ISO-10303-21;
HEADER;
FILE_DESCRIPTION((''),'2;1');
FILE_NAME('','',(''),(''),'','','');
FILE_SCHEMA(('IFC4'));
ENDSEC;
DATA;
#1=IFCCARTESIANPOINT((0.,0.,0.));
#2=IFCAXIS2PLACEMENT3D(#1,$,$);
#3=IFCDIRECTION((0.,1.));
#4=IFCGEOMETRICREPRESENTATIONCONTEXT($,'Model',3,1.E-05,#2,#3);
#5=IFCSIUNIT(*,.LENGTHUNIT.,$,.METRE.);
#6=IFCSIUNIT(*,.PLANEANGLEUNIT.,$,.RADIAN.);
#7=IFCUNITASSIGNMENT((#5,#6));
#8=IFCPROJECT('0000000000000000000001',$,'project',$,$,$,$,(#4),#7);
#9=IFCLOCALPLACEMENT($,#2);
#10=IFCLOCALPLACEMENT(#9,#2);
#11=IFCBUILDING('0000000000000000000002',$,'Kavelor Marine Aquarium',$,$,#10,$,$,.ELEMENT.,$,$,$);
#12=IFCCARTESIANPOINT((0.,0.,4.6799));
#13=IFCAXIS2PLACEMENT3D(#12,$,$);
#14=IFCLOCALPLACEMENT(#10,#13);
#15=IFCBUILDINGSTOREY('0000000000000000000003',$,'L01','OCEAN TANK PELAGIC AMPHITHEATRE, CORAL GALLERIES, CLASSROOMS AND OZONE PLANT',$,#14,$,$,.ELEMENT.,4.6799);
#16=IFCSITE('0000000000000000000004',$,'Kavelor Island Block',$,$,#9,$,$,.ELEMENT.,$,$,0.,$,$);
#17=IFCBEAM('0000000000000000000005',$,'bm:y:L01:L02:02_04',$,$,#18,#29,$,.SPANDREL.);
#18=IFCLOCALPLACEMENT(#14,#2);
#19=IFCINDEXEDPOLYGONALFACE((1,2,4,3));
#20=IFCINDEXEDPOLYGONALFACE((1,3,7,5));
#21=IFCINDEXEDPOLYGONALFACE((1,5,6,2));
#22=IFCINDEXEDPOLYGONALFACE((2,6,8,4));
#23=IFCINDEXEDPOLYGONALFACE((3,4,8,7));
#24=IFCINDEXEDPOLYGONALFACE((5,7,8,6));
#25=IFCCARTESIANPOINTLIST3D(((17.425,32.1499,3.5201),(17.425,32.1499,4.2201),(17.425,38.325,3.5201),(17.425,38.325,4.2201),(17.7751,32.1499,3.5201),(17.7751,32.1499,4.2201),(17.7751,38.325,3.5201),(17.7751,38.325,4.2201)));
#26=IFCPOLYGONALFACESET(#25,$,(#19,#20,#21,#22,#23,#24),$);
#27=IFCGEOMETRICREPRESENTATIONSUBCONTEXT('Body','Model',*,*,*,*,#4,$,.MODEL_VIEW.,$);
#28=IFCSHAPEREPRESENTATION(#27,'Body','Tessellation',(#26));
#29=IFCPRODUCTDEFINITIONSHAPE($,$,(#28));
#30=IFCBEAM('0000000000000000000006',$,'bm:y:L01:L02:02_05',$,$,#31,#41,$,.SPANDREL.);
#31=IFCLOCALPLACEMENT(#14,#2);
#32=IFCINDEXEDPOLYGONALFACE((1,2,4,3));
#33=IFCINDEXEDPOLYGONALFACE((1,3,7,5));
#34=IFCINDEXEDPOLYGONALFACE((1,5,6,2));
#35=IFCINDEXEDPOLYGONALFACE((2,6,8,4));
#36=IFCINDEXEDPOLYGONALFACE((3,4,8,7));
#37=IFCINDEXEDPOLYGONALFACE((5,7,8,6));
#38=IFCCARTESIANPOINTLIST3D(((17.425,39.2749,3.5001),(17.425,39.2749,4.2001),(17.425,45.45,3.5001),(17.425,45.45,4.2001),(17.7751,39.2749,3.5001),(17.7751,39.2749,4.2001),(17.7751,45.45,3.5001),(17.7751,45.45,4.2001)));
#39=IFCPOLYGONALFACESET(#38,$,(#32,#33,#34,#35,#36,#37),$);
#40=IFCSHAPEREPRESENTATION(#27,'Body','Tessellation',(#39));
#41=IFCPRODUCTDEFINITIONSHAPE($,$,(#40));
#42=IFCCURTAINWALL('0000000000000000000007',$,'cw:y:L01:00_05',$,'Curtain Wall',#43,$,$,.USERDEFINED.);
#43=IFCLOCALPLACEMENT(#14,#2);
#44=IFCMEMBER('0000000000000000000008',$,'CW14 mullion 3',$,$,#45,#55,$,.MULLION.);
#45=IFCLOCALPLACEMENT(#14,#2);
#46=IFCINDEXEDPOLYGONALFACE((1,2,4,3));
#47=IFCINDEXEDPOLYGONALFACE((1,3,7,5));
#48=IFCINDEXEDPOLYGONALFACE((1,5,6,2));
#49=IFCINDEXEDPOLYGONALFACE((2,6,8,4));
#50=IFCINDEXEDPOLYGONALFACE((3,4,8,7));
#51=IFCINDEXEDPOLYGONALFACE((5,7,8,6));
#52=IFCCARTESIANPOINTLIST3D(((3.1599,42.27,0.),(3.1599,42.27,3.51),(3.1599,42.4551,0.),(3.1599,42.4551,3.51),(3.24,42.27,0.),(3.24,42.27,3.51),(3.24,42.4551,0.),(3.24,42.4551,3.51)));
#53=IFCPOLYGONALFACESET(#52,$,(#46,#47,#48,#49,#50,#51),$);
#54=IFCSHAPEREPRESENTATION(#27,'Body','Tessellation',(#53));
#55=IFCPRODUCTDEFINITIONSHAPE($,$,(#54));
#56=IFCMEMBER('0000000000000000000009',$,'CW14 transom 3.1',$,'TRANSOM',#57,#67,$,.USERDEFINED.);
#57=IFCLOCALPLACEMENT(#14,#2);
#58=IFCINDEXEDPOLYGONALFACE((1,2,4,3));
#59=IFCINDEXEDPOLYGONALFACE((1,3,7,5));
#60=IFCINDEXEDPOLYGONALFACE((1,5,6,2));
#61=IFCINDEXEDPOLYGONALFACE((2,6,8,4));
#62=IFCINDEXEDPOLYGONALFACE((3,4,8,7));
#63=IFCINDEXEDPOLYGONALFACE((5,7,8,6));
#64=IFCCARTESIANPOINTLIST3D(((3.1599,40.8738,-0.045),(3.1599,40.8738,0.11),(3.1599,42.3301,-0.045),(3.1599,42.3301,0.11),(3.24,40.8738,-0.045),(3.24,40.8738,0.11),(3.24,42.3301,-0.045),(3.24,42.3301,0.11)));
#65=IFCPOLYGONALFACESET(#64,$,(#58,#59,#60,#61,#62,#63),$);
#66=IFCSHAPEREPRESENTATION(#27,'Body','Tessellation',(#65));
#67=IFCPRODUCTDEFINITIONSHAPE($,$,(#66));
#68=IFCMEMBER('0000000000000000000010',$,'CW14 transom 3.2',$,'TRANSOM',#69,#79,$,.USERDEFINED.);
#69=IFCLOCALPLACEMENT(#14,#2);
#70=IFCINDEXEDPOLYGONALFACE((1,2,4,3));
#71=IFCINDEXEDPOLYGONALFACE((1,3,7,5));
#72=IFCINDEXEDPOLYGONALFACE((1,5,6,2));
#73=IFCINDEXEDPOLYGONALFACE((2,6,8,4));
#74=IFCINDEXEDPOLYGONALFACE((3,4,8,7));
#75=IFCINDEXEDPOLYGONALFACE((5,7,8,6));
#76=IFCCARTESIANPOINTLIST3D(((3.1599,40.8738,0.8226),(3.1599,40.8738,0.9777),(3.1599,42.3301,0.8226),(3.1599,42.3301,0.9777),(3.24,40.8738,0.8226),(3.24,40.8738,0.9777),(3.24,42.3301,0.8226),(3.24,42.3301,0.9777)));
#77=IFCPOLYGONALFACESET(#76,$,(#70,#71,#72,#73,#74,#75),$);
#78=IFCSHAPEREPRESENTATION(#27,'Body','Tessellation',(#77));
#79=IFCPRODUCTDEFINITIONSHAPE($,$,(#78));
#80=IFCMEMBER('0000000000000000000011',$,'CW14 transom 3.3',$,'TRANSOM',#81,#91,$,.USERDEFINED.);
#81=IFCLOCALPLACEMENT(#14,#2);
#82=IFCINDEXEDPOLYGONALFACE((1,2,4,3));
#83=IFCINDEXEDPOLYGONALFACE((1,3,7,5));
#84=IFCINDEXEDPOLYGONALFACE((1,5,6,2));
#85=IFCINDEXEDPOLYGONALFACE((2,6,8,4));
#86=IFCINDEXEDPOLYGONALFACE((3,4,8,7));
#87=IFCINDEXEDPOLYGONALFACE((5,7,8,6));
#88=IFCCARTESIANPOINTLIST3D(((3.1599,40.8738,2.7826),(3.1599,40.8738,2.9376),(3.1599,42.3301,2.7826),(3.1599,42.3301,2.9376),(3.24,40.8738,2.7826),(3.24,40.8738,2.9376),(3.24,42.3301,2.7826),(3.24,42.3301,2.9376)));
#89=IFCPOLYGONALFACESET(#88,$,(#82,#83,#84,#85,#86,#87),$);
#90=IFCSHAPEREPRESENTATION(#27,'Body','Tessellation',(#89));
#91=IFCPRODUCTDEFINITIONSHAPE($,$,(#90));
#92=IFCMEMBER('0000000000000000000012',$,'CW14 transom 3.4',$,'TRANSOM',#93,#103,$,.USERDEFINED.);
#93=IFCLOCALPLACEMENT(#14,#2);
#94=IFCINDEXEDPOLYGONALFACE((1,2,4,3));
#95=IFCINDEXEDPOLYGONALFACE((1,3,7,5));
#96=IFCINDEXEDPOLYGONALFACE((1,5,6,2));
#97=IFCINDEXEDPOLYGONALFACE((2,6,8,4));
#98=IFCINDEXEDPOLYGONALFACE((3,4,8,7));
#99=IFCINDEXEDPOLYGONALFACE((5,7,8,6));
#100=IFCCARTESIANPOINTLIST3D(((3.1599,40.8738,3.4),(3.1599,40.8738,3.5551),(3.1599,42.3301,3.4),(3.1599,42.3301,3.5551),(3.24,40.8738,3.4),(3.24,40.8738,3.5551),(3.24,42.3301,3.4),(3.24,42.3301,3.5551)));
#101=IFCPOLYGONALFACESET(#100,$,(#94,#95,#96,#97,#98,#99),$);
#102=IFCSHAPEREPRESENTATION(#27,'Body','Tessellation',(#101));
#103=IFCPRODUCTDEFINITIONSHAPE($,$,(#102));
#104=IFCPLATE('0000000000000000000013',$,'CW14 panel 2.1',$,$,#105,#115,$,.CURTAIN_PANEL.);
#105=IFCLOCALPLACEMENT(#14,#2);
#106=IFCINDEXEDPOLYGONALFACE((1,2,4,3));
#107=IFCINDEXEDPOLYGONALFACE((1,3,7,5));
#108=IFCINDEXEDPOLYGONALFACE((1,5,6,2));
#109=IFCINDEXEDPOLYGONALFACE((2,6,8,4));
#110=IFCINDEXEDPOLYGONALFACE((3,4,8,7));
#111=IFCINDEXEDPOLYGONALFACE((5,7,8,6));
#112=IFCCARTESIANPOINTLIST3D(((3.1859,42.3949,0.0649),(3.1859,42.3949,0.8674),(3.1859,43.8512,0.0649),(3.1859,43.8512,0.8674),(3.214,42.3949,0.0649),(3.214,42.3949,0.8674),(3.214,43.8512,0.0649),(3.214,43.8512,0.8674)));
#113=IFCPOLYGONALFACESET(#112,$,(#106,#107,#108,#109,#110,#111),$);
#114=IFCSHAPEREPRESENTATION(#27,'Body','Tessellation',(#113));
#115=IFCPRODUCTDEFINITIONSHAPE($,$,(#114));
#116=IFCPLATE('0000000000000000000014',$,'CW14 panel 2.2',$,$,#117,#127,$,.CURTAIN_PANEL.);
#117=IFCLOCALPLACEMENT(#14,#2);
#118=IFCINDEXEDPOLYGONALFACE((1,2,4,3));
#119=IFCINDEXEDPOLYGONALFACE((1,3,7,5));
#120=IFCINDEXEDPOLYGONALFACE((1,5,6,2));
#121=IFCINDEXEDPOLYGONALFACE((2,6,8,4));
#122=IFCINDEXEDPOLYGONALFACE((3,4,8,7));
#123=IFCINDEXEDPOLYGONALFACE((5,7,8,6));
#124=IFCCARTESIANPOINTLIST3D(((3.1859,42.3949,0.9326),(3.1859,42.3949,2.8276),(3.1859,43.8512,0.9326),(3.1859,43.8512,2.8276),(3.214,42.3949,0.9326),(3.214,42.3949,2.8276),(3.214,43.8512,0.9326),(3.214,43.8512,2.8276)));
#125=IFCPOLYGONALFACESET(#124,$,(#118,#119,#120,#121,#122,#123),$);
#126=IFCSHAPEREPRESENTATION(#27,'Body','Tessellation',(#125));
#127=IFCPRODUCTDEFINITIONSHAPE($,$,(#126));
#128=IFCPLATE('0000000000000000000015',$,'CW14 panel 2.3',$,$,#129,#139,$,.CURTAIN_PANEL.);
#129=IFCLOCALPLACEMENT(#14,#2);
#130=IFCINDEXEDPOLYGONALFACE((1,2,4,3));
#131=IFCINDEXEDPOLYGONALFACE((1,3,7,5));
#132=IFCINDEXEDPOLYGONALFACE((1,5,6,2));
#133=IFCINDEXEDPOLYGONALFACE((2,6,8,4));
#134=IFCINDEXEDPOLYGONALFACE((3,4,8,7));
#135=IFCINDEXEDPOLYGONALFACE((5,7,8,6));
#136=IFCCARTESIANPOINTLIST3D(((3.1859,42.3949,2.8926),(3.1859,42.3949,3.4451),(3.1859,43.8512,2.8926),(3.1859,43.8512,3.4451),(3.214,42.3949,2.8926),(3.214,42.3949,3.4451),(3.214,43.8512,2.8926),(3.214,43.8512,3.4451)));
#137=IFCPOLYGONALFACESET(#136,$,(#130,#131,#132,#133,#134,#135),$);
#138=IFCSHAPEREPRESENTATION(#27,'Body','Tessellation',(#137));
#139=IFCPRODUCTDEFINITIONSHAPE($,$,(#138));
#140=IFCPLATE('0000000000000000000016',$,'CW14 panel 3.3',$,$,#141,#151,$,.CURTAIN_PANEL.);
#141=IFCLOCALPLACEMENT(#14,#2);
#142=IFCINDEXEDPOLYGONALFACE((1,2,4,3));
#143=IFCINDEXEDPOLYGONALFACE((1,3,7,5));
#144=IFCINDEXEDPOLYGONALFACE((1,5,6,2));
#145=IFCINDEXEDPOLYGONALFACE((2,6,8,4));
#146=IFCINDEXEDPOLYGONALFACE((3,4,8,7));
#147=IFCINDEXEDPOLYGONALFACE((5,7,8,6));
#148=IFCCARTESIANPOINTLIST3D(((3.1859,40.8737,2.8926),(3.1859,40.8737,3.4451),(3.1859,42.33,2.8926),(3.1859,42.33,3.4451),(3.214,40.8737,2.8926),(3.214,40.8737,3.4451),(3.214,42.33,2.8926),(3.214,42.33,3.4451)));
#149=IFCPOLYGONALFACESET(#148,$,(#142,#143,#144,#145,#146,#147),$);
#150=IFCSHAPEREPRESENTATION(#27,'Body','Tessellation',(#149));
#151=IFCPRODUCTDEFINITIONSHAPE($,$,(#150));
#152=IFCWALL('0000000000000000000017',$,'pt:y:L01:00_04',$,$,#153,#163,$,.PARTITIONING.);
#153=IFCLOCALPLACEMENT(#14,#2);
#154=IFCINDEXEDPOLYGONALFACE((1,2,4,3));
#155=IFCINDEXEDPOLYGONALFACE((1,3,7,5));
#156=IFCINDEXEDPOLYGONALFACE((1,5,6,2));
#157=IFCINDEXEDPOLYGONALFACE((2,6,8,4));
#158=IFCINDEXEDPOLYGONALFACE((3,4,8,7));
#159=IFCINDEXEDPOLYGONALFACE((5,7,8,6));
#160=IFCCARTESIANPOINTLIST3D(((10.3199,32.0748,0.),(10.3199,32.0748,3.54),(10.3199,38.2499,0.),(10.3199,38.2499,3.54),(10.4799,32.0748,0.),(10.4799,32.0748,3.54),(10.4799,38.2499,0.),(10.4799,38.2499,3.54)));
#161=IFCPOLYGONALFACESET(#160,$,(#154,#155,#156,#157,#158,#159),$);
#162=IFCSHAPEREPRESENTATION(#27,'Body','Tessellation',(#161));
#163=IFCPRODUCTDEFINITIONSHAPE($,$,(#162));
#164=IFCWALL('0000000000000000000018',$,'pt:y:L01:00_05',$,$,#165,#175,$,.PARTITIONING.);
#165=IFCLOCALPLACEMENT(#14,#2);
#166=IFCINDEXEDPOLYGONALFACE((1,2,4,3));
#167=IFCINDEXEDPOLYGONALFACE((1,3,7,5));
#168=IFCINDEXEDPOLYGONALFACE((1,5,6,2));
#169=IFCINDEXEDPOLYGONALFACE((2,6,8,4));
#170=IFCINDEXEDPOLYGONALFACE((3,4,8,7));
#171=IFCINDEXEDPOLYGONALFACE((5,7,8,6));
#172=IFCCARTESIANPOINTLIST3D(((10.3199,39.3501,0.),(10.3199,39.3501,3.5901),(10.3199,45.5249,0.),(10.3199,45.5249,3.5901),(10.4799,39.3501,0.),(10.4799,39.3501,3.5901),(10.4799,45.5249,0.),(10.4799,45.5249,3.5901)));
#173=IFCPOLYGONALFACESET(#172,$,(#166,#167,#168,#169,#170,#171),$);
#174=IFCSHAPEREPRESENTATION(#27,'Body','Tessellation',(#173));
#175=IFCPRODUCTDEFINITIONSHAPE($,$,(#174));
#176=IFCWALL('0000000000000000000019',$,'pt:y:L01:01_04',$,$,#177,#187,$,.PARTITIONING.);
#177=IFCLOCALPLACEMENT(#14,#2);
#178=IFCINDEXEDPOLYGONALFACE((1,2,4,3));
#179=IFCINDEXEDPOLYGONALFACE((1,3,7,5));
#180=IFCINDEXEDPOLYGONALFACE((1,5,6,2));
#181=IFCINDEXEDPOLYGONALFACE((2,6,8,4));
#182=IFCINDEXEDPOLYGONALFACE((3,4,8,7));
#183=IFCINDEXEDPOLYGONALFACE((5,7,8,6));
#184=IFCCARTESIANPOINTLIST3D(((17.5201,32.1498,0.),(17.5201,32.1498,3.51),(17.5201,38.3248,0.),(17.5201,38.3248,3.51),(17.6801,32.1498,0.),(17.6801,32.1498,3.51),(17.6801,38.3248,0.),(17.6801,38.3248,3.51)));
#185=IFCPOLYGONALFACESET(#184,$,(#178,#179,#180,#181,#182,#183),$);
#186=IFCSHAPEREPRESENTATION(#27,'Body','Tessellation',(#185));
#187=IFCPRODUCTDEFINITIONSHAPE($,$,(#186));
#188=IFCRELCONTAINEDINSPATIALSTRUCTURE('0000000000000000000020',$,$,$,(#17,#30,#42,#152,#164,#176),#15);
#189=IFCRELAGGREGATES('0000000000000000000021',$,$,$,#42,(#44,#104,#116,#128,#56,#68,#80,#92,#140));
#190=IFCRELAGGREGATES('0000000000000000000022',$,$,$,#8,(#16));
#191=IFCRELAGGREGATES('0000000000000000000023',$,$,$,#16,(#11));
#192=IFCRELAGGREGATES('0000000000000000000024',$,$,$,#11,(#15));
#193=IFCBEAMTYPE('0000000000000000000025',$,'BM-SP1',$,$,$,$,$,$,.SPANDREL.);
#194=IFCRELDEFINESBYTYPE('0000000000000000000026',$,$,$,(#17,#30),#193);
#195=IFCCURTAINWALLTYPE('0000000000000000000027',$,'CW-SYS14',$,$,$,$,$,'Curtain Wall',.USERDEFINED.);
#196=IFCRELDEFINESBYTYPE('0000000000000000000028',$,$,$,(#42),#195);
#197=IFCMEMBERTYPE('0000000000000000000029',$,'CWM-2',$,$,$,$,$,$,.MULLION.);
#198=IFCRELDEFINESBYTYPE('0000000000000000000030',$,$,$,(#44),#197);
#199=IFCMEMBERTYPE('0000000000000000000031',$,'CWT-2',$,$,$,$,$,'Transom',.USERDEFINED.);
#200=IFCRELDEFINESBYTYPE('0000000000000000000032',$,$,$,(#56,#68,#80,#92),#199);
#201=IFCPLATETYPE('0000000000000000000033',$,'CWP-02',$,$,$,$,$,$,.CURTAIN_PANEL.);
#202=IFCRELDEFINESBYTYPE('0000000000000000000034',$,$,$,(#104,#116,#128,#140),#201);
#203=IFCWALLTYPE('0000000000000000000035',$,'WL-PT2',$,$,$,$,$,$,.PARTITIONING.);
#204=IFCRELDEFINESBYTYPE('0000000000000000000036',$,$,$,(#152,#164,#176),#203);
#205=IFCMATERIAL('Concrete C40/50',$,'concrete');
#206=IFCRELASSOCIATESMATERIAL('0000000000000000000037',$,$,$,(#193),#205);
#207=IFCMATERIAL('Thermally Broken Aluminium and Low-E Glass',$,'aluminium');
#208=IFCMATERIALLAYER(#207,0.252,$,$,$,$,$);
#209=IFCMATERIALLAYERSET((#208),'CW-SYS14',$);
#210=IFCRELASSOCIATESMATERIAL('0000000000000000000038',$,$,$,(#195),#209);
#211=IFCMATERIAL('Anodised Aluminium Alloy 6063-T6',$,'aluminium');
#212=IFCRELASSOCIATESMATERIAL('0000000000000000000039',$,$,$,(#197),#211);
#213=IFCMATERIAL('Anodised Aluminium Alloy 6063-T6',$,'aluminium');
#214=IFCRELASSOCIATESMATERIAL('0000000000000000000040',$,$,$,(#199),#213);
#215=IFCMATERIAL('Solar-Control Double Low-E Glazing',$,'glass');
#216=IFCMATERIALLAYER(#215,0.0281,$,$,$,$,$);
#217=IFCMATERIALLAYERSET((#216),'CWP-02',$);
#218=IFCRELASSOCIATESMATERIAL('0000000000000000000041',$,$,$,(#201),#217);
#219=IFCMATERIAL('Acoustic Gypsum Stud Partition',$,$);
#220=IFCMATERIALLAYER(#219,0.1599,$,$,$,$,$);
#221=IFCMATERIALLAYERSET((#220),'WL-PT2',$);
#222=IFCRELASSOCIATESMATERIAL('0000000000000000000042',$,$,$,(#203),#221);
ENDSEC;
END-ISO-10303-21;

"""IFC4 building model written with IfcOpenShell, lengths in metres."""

from ifc_helpers import new_model, si_unit, direction, frame, frame_2d, origin, origin_2d, place, context, subcontext, project, spatial, rectangle, extrude, material, layer, layer_set, material_profile, profile_set, type_object, element, aggregate, save


model = new_model("IFC4")

# Units and contexts
model_context = context("Model", 3, precision=1e-05, world=origin(), true_north=direction((0.0, 1.0)))
body_context = subcontext(model_context, "Body", "Model", "MODEL_VIEW")
ifc_project = project(units=[si_unit("LENGTHUNIT", "METRE"), si_unit("PLANEANGLEUNIT", "RADIAN")], contexts=[model_context])

# Site, building, storey
site_placement = place(None, origin())
site = spatial("IfcSite", under=ifc_project, at=site_placement, Name="Kavelor Island Block", CompositionType="ELEMENT", RefElevation=0.0)
building_placement = place(site_placement, origin())
building = spatial("IfcBuilding", under=site, at=building_placement, Name="Kavelor Marine Aquarium", CompositionType="ELEMENT")
storey_placement = place(building_placement, frame((0.0, 0.0, 4.6799)))
storey = spatial("IfcBuildingStorey", under=building, at=storey_placement, Name="L01", Description="OCEAN TANK PELAGIC AMPHITHEATRE, CORAL GALLERIES, CLASSROOMS AND OZONE PLANT", CompositionType="ELEMENT", Elevation=4.6799)

# Beams
ifc_material_1 = material(Name="Concrete C40/50", Category="concrete")
ifc_material_profile_1 = material_profile(ifc_material_1, rectangle(XDim=0.3501, YDim=0.7, at=origin_2d()), Name="RC-SP 350x700")
ifc_profile_set_1 = profile_set([ifc_material_profile_1], Name="Concrete C40/50")
beam_type_1 = type_object("IfcBeamType", Name="BM-SP1", PredefinedType="SPANDREL", material=ifc_profile_set_1)
for number, where, z_axis, x_axis, name in (
    (1, (17.6001, 32.1499, 3.8701), (0.0, 1.0, 0.0), (-1.0, 0.0, 0.0), "bm:y:L01:L02:02_04"),
    (2, (17.6001, 39.2749, 3.8501), (0.0, 1.0, 0.0), (-1.0, 0.0, 0.0), "bm:y:L01:L02:02_05"),
):
    element("IfcBeam", number, at=place(storey_placement, frame(where, z_axis=z_axis, x_axis=x_axis)), inside=storey, type_object=beam_type_1, Name=name, PredefinedType="SPANDREL", context=body_context, shape_type="SweptSolid", body=[
        extrude(rectangle(XDim=0.3501, YDim=0.7, at=origin_2d()), origin(), (0.0, 0.0, 1.0), 6.175),
    ])

# Curtain wall, members, plates
ifc_material_2 = material(Name="Thermally Broken Aluminium and Low-E Glass", Category="aluminium")
ifc_layer_1 = layer(ifc_material_2, 0.252)
ifc_layer_set_1 = layer_set([ifc_layer_1], Name="CW-SYS14")
curtain_wall_type = type_object("IfcCurtainWallType", Name="CW-SYS14", ElementType="Curtain Wall", PredefinedType="USERDEFINED", material=ifc_layer_set_1)
curtain_wall_placement = place(storey_placement, origin())
curtain_wall = element("IfcCurtainWall", 3, at=curtain_wall_placement, inside=storey, type_object=curtain_wall_type, Name="cw:y:L01:00_05", ObjectType="Curtain Wall", PredefinedType="USERDEFINED")
ifc_material_3 = material(Name="Anodised Aluminium Alloy 6063-T6", Category="aluminium")
ifc_material_profile_2 = material_profile(ifc_material_3, rectangle(XDim=0.0801, YDim=0.1851, at=origin_2d()), Name="CW-MUL 80x185")
ifc_profile_set_2 = profile_set([ifc_material_profile_2], Name="Anodised Aluminium Alloy 6063-T6")
member_type_1 = type_object("IfcMemberType", Name="CWM-2", PredefinedType="MULLION", material=ifc_profile_set_2)
member_1_placement = place(storey_placement, frame((3.2, 42.3625, 0.0), z_axis=(0.0, 0.0, 1.0), x_axis=(1.0, 0.0, 0.0)))
member_1 = element("IfcMember", 4, at=member_1_placement, type_object=member_type_1, Name="CW14 mullion 3", PredefinedType="MULLION", context=body_context, shape_type="SweptSolid", body=[
    extrude(rectangle(XDim=0.0801, YDim=0.1851, at=origin_2d()), origin(), (0.0, 0.0, 1.0), 3.51),
])
ifc_material_4 = material(Name="Anodised Aluminium Alloy 6063-T6", Category="aluminium")
ifc_material_profile_3 = material_profile(ifc_material_4, rectangle(XDim=0.0801, YDim=0.155, at=origin_2d()), Name="CW-TRN 80x155")
ifc_profile_set_3 = profile_set([ifc_material_profile_3], Name="Anodised Aluminium Alloy 6063-T6")
member_type_2 = type_object("IfcMemberType", Name="CWT-2", ElementType="Transom", PredefinedType="USERDEFINED", material=ifc_profile_set_3)
member_2_placement = place(storey_placement, frame((3.2, 42.3301, 0.0325), z_axis=(0.0, -1.0, 0.0), x_axis=(1.0, 0.0, 0.0)))
member_2 = element("IfcMember", 5, at=member_2_placement, type_object=member_type_2, Name="CW14 transom 3.1", ObjectType="TRANSOM", PredefinedType="USERDEFINED", context=body_context, shape_type="SweptSolid", body=[
    extrude(rectangle(XDim=0.0801, YDim=0.155, at=origin_2d()), origin(), (0.0, 0.0, 1.0), 1.4563),
])
member_3_placement = place(storey_placement, frame((3.2, 42.3301, 0.9001), z_axis=(0.0, -1.0, 0.0), x_axis=(1.0, 0.0, 0.0)))
member_3 = element("IfcMember", 6, at=member_3_placement, type_object=member_type_2, Name="CW14 transom 3.2", ObjectType="TRANSOM", PredefinedType="USERDEFINED", context=body_context, shape_type="SweptSolid", body=[
    extrude(rectangle(XDim=0.0801, YDim=0.155, at=origin_2d()), origin(), (0.0, 0.0, 1.0), 1.4563),
])
member_4_placement = place(storey_placement, frame((3.2, 42.3301, 2.8601), z_axis=(0.0, -1.0, 0.0), x_axis=(1.0, 0.0, 0.0)))
member_4 = element("IfcMember", 7, at=member_4_placement, type_object=member_type_2, Name="CW14 transom 3.3", ObjectType="TRANSOM", PredefinedType="USERDEFINED", context=body_context, shape_type="SweptSolid", body=[
    extrude(rectangle(XDim=0.0801, YDim=0.155, at=origin_2d()), origin(), (0.0, 0.0, 1.0), 1.4563),
])
member_5_placement = place(storey_placement, frame((3.2, 42.3301, 3.4775), z_axis=(0.0, -1.0, 0.0), x_axis=(1.0, 0.0, 0.0)))
member_5 = element("IfcMember", 8, at=member_5_placement, type_object=member_type_2, Name="CW14 transom 3.4", ObjectType="TRANSOM", PredefinedType="USERDEFINED", context=body_context, shape_type="SweptSolid", body=[
    extrude(rectangle(XDim=0.0801, YDim=0.155, at=origin_2d()), origin(), (0.0, 0.0, 1.0), 1.4563),
])
ifc_material_5 = material(Name="Solar-Control Double Low-E Glazing", Category="glass")
ifc_layer_2 = layer(ifc_material_5, 0.0281)
ifc_layer_set_2 = layer_set([ifc_layer_2], Name="CWP-02")
plate_type = type_object("IfcPlateType", Name="CWP-02", PredefinedType="CURTAIN_PANEL", material=ifc_layer_set_2)
plate_1_placement = place(storey_placement, frame((3.2, 43.123, 0.0649), z_axis=(0.0, 0.0, 1.0), x_axis=(0.0, -1.0, 0.0)))
plate_1 = element("IfcPlate", 9, at=plate_1_placement, type_object=plate_type, Name="CW14 panel 2.1", PredefinedType="CURTAIN_PANEL", context=body_context, shape_type="SweptSolid", body=[
    extrude(rectangle(XDim=1.4563, YDim=0.0281, at=origin_2d()), origin(), (0.0, 0.0, 1.0), 0.8025),
])
plate_2_placement = place(storey_placement, frame((3.2, 43.123, 0.9326), z_axis=(0.0, 0.0, 1.0), x_axis=(0.0, -1.0, 0.0)))
plate_2 = element("IfcPlate", 10, at=plate_2_placement, type_object=plate_type, Name="CW14 panel 2.2", PredefinedType="CURTAIN_PANEL", context=body_context, shape_type="SweptSolid", body=[
    extrude(rectangle(XDim=1.4563, YDim=0.0281, at=origin_2d()), origin(), (0.0, 0.0, 1.0), 1.895),
])
plate_3_placement = place(storey_placement, frame((3.2, 43.123, 2.8926), z_axis=(0.0, 0.0, 1.0), x_axis=(0.0, -1.0, 0.0)))
plate_3 = element("IfcPlate", 11, at=plate_3_placement, type_object=plate_type, Name="CW14 panel 2.3", PredefinedType="CURTAIN_PANEL", context=body_context, shape_type="SweptSolid", body=[
    extrude(rectangle(XDim=1.4563, YDim=0.0281, at=origin_2d()), origin(), (0.0, 0.0, 1.0), 0.5525),
])
plate_4_placement = place(storey_placement, frame((3.2, 41.6018, 2.8926), z_axis=(0.0, 0.0, 1.0), x_axis=(0.0, -1.0, 0.0)))
plate_4 = element("IfcPlate", 12, at=plate_4_placement, type_object=plate_type, Name="CW14 panel 3.3", PredefinedType="CURTAIN_PANEL", context=body_context, shape_type="SweptSolid", body=[
    extrude(rectangle(XDim=1.4563, YDim=0.0281, at=origin_2d()), origin(), (0.0, 0.0, 1.0), 0.5525),
])
aggregate(curtain_wall, [member_1, plate_1, plate_2, plate_3, member_2, member_3, member_4, member_5, plate_4])

# Walls
ifc_material_6 = material(Name="Acoustic Gypsum Stud Partition")
ifc_layer_3 = layer(ifc_material_6, 0.1599)
ifc_layer_set_3 = layer_set([ifc_layer_3], Name="WL-PT2")
wall_type_1 = type_object("IfcWallType", Name="WL-PT2", PredefinedType="PARTITIONING", material=ifc_layer_set_3)
wall_1_placement = place(storey_placement, frame((10.3999, 32.075, 0.0), z_axis=(0.0, 0.0, 1.0), x_axis=(0.0, 1.0, 0.0)))
element("IfcWall", 13, at=wall_1_placement, inside=storey, type_object=wall_type_1, Name="pt:y:L01:00_04", PredefinedType="PARTITIONING", context=body_context, shape_type="SweptSolid", body=[
    extrude(rectangle(XDim=6.175, YDim=0.1599, at=frame_2d((3.0874, 0.0))), origin(), (0.0, 0.0, 1.0), 3.54),
])
wall_2_placement = place(storey_placement, frame((10.3999, 39.3501, 0.0), z_axis=(0.0, 0.0, 1.0), x_axis=(0.0, 1.0, 0.0)))
element("IfcWall", 14, at=wall_2_placement, inside=storey, type_object=wall_type_1, Name="pt:y:L01:00_05", PredefinedType="PARTITIONING", context=body_context, shape_type="SweptSolid", body=[
    extrude(rectangle(XDim=6.1748, YDim=0.1599, at=frame_2d((3.0874, 0.0))), origin(), (0.0, 0.0, 1.0), 3.5901),
])
wall_3_placement = place(storey_placement, frame((17.6001, 32.1499, 0.0), z_axis=(0.0, 0.0, 1.0), x_axis=(0.0, 1.0, 0.0)))
element("IfcWall", 15, at=wall_3_placement, inside=storey, type_object=wall_type_1, Name="pt:y:L01:01_04", PredefinedType="PARTITIONING", context=body_context, shape_type="SweptSolid", body=[
    extrude(rectangle(XDim=6.175, YDim=0.1599, at=frame_2d((3.0874, 0.0))), origin(), (0.0, 0.0, 1.0), 3.51),
])

save(model, "model.ifc")
